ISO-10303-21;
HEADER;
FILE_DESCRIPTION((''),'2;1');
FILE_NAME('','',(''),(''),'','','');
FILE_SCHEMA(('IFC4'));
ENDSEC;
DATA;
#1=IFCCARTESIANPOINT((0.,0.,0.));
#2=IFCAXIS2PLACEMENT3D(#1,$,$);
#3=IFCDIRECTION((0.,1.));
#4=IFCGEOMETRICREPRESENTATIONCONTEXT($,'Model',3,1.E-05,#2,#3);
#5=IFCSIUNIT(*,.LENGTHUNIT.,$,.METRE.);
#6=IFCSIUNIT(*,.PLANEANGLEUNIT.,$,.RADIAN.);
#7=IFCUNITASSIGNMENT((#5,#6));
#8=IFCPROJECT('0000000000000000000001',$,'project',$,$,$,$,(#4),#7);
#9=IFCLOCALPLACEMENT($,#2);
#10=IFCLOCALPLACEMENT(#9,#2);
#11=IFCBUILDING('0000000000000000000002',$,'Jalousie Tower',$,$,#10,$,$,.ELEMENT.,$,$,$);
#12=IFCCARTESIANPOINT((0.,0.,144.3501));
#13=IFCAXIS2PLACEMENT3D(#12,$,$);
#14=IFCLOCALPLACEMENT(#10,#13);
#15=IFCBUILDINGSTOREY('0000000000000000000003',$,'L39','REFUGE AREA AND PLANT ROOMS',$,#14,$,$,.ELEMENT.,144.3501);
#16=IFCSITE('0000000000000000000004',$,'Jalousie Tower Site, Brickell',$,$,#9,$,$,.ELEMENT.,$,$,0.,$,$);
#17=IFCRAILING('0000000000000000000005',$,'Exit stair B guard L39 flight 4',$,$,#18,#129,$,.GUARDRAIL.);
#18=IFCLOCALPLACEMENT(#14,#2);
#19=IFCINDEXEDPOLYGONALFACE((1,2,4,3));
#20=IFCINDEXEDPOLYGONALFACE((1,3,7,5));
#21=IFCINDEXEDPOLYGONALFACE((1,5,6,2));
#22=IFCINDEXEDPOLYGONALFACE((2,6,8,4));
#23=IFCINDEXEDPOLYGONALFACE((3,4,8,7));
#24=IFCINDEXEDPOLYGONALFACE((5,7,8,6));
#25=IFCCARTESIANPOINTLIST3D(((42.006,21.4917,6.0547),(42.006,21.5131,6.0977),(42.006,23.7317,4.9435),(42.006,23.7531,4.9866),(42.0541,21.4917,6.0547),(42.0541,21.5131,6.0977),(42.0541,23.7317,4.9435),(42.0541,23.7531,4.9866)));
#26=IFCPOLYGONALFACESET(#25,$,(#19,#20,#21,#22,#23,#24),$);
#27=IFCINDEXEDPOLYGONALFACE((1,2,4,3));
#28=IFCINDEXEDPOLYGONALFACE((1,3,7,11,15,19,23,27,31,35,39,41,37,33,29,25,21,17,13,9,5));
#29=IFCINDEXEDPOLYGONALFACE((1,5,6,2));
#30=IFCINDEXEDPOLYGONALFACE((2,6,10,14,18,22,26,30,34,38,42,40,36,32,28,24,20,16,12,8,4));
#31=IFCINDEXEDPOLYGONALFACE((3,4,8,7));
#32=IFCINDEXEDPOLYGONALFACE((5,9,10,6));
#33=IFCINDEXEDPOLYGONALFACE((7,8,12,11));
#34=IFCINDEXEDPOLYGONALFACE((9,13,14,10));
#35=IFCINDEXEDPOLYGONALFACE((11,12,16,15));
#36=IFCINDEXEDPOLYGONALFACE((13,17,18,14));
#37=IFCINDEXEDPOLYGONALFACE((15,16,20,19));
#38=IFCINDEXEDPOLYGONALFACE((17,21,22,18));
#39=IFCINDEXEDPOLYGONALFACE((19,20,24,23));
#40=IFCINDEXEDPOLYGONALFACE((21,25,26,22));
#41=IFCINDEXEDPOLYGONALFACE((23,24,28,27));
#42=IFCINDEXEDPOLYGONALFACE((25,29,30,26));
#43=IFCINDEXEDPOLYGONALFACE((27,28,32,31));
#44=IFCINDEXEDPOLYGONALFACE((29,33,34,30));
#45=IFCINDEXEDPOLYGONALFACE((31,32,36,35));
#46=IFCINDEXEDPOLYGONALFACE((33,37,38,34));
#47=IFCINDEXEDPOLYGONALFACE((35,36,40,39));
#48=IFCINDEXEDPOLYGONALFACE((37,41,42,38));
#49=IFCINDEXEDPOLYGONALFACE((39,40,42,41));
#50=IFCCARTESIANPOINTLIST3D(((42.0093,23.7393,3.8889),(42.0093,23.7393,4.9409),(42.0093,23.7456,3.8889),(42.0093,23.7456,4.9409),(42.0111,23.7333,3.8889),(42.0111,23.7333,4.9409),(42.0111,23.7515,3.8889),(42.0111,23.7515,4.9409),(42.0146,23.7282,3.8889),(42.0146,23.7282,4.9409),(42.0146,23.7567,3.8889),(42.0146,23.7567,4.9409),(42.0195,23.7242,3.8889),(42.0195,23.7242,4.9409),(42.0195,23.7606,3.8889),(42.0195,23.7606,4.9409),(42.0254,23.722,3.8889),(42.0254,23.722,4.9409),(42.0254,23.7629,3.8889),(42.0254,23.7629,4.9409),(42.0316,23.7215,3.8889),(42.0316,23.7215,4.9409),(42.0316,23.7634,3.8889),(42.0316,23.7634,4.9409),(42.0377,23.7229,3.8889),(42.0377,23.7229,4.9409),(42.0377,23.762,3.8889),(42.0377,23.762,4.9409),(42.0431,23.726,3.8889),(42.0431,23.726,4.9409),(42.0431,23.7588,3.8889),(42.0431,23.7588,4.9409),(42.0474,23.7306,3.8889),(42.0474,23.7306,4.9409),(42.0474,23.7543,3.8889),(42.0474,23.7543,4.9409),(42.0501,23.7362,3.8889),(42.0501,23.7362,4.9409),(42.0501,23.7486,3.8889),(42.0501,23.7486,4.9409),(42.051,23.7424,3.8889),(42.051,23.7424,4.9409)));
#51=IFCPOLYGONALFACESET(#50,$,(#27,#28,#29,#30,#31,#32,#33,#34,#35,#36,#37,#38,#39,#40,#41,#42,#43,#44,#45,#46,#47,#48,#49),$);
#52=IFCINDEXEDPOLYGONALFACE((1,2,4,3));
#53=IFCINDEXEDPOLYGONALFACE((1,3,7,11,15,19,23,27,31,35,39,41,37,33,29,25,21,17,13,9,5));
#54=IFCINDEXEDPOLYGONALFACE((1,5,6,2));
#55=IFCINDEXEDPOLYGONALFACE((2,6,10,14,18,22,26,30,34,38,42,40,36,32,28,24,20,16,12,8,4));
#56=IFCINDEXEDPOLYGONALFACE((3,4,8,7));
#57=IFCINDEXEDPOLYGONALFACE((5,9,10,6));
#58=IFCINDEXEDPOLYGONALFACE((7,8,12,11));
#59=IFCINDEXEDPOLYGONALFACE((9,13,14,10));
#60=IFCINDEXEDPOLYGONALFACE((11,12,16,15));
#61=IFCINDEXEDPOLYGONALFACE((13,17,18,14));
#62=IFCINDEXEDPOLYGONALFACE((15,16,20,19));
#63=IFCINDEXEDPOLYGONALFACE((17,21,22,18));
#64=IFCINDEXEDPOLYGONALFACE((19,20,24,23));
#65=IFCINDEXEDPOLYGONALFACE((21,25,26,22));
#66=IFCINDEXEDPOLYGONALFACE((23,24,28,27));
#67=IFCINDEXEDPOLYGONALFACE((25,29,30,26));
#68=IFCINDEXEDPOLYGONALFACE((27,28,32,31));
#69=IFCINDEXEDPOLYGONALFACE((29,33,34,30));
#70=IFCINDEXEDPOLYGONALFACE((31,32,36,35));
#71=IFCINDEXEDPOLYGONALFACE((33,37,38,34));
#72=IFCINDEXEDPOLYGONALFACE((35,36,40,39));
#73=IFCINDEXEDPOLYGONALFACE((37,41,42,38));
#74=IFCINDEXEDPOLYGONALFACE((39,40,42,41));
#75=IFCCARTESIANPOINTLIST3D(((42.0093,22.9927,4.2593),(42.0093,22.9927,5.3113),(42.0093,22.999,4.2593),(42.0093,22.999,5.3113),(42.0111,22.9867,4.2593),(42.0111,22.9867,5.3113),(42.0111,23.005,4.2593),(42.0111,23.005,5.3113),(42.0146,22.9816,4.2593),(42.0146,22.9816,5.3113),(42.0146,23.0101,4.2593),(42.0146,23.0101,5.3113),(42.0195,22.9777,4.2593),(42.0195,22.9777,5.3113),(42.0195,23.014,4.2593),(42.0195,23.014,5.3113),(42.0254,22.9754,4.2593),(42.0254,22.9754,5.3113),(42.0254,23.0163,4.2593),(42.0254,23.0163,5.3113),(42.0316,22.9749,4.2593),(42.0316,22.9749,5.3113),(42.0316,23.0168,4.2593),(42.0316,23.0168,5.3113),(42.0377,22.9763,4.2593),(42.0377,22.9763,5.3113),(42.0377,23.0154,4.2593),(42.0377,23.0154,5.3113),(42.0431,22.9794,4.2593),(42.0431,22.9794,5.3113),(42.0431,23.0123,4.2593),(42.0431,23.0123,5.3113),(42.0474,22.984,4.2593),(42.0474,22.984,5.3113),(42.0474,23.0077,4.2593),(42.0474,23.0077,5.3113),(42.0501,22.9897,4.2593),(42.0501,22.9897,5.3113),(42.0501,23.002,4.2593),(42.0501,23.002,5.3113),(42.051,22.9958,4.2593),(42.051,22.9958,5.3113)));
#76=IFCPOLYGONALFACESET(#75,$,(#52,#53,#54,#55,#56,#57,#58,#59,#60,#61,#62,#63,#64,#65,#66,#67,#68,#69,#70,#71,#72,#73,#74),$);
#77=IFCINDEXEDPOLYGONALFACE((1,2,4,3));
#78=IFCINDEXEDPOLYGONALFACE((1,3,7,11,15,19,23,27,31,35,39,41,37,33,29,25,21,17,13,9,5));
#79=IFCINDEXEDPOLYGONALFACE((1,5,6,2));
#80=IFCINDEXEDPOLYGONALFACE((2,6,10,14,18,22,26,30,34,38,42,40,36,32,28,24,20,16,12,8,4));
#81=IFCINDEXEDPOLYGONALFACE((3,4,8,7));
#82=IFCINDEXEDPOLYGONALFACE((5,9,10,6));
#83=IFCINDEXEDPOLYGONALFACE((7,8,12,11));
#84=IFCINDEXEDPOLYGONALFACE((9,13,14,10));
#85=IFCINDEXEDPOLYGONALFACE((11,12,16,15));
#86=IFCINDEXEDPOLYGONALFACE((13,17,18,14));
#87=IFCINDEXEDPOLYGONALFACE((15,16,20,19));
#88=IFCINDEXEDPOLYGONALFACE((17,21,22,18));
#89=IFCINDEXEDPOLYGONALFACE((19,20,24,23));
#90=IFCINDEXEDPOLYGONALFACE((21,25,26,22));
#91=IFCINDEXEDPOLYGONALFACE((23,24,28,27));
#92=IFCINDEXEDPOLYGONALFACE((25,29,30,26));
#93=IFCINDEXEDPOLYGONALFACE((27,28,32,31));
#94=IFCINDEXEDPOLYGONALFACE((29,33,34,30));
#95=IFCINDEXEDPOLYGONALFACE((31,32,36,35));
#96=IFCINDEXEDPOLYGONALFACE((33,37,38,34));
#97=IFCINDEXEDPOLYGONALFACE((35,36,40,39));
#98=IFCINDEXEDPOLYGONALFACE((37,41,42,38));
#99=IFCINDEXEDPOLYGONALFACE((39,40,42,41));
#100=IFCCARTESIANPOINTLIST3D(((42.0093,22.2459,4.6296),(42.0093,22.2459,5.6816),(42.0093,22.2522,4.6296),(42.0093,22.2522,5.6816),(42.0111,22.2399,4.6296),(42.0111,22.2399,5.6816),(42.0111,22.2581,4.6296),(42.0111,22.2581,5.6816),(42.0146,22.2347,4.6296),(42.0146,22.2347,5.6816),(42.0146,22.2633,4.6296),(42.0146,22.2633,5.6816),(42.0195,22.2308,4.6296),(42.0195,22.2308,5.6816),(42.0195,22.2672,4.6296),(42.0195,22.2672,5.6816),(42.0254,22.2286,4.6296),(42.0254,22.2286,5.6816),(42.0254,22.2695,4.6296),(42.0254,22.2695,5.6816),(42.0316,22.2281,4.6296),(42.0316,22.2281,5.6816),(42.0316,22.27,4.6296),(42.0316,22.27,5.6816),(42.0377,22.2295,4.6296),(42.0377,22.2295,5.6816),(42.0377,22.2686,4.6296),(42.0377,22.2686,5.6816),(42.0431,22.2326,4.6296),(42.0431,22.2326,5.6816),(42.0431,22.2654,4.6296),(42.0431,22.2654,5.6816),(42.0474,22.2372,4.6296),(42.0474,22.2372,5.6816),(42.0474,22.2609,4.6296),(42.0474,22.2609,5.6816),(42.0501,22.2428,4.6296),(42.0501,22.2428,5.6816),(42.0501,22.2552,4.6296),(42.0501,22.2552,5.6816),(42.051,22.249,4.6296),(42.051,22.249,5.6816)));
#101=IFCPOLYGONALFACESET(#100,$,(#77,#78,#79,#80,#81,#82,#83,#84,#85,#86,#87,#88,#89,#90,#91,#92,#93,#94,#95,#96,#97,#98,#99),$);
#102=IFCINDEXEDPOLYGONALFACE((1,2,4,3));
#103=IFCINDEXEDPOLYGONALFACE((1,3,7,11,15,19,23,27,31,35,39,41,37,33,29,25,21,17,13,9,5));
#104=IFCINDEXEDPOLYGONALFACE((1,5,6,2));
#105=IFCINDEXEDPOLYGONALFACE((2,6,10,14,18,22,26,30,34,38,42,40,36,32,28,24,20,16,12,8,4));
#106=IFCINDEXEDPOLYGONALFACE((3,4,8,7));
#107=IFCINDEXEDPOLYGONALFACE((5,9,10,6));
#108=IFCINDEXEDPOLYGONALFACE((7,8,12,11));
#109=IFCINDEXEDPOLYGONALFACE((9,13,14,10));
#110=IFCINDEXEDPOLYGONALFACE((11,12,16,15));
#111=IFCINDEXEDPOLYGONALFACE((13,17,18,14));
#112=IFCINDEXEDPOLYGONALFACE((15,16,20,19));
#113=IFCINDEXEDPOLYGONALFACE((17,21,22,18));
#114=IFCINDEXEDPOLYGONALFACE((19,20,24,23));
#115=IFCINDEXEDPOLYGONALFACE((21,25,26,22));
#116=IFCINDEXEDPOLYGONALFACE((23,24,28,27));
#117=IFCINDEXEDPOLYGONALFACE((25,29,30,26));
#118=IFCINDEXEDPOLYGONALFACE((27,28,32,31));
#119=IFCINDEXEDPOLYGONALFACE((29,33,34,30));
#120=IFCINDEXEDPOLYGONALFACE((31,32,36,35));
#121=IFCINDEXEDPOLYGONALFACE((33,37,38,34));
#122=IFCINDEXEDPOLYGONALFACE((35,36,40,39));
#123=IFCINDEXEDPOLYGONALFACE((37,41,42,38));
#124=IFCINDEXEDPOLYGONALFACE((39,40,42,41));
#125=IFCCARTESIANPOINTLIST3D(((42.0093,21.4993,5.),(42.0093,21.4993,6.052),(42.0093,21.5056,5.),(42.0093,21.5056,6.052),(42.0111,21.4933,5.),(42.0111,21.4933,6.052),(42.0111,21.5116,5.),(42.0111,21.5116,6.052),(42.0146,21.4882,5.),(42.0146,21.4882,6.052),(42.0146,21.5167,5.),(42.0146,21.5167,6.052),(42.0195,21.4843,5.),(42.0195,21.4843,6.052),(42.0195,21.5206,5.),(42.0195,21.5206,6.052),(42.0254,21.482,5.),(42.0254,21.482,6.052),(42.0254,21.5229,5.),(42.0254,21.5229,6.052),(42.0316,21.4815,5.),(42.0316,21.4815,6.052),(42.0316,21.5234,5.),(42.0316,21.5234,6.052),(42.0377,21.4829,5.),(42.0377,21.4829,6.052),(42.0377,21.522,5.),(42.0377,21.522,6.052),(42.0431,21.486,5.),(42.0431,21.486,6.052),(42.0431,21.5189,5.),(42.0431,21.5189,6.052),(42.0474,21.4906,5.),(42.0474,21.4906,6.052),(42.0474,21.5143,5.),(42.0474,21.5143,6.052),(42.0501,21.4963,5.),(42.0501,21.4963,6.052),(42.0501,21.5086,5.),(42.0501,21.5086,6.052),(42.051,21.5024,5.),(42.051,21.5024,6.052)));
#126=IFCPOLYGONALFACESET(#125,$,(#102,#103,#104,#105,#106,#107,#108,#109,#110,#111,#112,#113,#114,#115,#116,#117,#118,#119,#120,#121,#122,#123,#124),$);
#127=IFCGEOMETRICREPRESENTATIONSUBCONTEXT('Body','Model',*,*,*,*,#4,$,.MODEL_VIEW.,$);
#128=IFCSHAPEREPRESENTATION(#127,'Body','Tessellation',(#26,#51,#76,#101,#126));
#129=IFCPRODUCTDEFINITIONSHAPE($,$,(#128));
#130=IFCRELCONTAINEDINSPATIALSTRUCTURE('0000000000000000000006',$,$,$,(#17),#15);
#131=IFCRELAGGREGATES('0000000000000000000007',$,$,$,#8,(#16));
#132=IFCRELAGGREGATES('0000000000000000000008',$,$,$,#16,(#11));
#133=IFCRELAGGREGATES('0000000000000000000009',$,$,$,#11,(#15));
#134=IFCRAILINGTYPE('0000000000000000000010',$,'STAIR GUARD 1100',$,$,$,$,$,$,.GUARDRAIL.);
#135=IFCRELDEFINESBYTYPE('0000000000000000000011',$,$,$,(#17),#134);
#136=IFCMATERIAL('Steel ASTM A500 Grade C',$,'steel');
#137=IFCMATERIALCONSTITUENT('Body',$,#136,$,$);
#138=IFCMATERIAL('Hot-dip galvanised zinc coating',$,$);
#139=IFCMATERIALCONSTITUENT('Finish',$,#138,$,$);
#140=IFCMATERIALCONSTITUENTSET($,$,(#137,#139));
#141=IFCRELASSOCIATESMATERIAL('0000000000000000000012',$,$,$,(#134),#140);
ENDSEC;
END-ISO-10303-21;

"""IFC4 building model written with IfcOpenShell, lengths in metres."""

from ifc_helpers import new_model, si_unit, direction, frame, origin, origin_2d, place, context, subcontext, project, spatial, rectangle, circle, extrude, material, constituent, constituent_set, type_object, element, save


model = new_model("IFC4")

# Units and contexts
model_context = context("Model", 3, precision=1e-05, world=origin(), true_north=direction((0.0, 1.0)))
body_context = subcontext(model_context, "Body", "Model", "MODEL_VIEW")
ifc_project = project(units=[si_unit("LENGTHUNIT", "METRE"), si_unit("PLANEANGLEUNIT", "RADIAN")], contexts=[model_context])

# Site, building, storey
site_placement = place(None, origin())
site = spatial("IfcSite", under=ifc_project, at=site_placement, Name="Jalousie Tower Site, Brickell", CompositionType="ELEMENT", RefElevation=0.0)
building_placement = place(site_placement, origin())
building = spatial("IfcBuilding", under=site, at=building_placement, Name="Jalousie Tower", CompositionType="ELEMENT")
storey_placement = place(building_placement, frame((0.0, 0.0, 144.3501)))
storey = spatial("IfcBuildingStorey", under=building, at=storey_placement, Name="L39", Description="REFUGE AREA AND PLANT ROOMS", CompositionType="ELEMENT", Elevation=144.3501)

# Railing
ifc_material_1 = material(Name="Steel ASTM A500 Grade C", Category="steel")
ifc_constituent_1 = constituent(ifc_material_1, Name="Body")
ifc_material_2 = material(Name="Hot-dip galvanised zinc coating")
ifc_constituent_2 = constituent(ifc_material_2, Name="Finish")
ifc_constituent_set_1 = constituent_set(constituents=[ifc_constituent_1, ifc_constituent_2])
railing_type_1 = type_object("IfcRailingType", Name="STAIR GUARD 1100", PredefinedType="GUARDRAIL", material=ifc_constituent_set_1)
railing_1_placement = place(storey_placement, frame((42.03, 23.7424, 3.8889)))
element("IfcRailing", 1, at=railing_1_placement, inside=storey, type_object=railing_type_1, Name="Exit stair B guard L39 flight 4", PredefinedType="GUARDRAIL", context=body_context, shape_type="SweptSolid", body=[
    extrude(rectangle(XDim=0.0481, YDim=0.0481, at=origin_2d()), frame((0.0, 0.0, 1.0762), z_axis=(0.0, -0.895848, 0.44436), x_axis=(1.0, 0.0, 0.0)), (0.0, 0.0, 1.0), 2.5005),
    extrude(circle(Radius=0.021, at=origin_2d()), origin(), (0.0, 0.0, 1.0), 1.052),
    extrude(circle(Radius=0.021, at=origin_2d()), frame((0.0, -0.7466, 0.3704)), (0.0, 0.0, 1.0), 1.052),
    extrude(circle(Radius=0.021, at=origin_2d()), frame((0.0, -1.4934, 0.7407)), (0.0, 0.0, 1.0), 1.052),
    extrude(circle(Radius=0.021, at=origin_2d()), frame((0.0, -2.24, 1.1111)), (0.0, 0.0, 1.0), 1.052),
])

save(model, "model.ifc")
